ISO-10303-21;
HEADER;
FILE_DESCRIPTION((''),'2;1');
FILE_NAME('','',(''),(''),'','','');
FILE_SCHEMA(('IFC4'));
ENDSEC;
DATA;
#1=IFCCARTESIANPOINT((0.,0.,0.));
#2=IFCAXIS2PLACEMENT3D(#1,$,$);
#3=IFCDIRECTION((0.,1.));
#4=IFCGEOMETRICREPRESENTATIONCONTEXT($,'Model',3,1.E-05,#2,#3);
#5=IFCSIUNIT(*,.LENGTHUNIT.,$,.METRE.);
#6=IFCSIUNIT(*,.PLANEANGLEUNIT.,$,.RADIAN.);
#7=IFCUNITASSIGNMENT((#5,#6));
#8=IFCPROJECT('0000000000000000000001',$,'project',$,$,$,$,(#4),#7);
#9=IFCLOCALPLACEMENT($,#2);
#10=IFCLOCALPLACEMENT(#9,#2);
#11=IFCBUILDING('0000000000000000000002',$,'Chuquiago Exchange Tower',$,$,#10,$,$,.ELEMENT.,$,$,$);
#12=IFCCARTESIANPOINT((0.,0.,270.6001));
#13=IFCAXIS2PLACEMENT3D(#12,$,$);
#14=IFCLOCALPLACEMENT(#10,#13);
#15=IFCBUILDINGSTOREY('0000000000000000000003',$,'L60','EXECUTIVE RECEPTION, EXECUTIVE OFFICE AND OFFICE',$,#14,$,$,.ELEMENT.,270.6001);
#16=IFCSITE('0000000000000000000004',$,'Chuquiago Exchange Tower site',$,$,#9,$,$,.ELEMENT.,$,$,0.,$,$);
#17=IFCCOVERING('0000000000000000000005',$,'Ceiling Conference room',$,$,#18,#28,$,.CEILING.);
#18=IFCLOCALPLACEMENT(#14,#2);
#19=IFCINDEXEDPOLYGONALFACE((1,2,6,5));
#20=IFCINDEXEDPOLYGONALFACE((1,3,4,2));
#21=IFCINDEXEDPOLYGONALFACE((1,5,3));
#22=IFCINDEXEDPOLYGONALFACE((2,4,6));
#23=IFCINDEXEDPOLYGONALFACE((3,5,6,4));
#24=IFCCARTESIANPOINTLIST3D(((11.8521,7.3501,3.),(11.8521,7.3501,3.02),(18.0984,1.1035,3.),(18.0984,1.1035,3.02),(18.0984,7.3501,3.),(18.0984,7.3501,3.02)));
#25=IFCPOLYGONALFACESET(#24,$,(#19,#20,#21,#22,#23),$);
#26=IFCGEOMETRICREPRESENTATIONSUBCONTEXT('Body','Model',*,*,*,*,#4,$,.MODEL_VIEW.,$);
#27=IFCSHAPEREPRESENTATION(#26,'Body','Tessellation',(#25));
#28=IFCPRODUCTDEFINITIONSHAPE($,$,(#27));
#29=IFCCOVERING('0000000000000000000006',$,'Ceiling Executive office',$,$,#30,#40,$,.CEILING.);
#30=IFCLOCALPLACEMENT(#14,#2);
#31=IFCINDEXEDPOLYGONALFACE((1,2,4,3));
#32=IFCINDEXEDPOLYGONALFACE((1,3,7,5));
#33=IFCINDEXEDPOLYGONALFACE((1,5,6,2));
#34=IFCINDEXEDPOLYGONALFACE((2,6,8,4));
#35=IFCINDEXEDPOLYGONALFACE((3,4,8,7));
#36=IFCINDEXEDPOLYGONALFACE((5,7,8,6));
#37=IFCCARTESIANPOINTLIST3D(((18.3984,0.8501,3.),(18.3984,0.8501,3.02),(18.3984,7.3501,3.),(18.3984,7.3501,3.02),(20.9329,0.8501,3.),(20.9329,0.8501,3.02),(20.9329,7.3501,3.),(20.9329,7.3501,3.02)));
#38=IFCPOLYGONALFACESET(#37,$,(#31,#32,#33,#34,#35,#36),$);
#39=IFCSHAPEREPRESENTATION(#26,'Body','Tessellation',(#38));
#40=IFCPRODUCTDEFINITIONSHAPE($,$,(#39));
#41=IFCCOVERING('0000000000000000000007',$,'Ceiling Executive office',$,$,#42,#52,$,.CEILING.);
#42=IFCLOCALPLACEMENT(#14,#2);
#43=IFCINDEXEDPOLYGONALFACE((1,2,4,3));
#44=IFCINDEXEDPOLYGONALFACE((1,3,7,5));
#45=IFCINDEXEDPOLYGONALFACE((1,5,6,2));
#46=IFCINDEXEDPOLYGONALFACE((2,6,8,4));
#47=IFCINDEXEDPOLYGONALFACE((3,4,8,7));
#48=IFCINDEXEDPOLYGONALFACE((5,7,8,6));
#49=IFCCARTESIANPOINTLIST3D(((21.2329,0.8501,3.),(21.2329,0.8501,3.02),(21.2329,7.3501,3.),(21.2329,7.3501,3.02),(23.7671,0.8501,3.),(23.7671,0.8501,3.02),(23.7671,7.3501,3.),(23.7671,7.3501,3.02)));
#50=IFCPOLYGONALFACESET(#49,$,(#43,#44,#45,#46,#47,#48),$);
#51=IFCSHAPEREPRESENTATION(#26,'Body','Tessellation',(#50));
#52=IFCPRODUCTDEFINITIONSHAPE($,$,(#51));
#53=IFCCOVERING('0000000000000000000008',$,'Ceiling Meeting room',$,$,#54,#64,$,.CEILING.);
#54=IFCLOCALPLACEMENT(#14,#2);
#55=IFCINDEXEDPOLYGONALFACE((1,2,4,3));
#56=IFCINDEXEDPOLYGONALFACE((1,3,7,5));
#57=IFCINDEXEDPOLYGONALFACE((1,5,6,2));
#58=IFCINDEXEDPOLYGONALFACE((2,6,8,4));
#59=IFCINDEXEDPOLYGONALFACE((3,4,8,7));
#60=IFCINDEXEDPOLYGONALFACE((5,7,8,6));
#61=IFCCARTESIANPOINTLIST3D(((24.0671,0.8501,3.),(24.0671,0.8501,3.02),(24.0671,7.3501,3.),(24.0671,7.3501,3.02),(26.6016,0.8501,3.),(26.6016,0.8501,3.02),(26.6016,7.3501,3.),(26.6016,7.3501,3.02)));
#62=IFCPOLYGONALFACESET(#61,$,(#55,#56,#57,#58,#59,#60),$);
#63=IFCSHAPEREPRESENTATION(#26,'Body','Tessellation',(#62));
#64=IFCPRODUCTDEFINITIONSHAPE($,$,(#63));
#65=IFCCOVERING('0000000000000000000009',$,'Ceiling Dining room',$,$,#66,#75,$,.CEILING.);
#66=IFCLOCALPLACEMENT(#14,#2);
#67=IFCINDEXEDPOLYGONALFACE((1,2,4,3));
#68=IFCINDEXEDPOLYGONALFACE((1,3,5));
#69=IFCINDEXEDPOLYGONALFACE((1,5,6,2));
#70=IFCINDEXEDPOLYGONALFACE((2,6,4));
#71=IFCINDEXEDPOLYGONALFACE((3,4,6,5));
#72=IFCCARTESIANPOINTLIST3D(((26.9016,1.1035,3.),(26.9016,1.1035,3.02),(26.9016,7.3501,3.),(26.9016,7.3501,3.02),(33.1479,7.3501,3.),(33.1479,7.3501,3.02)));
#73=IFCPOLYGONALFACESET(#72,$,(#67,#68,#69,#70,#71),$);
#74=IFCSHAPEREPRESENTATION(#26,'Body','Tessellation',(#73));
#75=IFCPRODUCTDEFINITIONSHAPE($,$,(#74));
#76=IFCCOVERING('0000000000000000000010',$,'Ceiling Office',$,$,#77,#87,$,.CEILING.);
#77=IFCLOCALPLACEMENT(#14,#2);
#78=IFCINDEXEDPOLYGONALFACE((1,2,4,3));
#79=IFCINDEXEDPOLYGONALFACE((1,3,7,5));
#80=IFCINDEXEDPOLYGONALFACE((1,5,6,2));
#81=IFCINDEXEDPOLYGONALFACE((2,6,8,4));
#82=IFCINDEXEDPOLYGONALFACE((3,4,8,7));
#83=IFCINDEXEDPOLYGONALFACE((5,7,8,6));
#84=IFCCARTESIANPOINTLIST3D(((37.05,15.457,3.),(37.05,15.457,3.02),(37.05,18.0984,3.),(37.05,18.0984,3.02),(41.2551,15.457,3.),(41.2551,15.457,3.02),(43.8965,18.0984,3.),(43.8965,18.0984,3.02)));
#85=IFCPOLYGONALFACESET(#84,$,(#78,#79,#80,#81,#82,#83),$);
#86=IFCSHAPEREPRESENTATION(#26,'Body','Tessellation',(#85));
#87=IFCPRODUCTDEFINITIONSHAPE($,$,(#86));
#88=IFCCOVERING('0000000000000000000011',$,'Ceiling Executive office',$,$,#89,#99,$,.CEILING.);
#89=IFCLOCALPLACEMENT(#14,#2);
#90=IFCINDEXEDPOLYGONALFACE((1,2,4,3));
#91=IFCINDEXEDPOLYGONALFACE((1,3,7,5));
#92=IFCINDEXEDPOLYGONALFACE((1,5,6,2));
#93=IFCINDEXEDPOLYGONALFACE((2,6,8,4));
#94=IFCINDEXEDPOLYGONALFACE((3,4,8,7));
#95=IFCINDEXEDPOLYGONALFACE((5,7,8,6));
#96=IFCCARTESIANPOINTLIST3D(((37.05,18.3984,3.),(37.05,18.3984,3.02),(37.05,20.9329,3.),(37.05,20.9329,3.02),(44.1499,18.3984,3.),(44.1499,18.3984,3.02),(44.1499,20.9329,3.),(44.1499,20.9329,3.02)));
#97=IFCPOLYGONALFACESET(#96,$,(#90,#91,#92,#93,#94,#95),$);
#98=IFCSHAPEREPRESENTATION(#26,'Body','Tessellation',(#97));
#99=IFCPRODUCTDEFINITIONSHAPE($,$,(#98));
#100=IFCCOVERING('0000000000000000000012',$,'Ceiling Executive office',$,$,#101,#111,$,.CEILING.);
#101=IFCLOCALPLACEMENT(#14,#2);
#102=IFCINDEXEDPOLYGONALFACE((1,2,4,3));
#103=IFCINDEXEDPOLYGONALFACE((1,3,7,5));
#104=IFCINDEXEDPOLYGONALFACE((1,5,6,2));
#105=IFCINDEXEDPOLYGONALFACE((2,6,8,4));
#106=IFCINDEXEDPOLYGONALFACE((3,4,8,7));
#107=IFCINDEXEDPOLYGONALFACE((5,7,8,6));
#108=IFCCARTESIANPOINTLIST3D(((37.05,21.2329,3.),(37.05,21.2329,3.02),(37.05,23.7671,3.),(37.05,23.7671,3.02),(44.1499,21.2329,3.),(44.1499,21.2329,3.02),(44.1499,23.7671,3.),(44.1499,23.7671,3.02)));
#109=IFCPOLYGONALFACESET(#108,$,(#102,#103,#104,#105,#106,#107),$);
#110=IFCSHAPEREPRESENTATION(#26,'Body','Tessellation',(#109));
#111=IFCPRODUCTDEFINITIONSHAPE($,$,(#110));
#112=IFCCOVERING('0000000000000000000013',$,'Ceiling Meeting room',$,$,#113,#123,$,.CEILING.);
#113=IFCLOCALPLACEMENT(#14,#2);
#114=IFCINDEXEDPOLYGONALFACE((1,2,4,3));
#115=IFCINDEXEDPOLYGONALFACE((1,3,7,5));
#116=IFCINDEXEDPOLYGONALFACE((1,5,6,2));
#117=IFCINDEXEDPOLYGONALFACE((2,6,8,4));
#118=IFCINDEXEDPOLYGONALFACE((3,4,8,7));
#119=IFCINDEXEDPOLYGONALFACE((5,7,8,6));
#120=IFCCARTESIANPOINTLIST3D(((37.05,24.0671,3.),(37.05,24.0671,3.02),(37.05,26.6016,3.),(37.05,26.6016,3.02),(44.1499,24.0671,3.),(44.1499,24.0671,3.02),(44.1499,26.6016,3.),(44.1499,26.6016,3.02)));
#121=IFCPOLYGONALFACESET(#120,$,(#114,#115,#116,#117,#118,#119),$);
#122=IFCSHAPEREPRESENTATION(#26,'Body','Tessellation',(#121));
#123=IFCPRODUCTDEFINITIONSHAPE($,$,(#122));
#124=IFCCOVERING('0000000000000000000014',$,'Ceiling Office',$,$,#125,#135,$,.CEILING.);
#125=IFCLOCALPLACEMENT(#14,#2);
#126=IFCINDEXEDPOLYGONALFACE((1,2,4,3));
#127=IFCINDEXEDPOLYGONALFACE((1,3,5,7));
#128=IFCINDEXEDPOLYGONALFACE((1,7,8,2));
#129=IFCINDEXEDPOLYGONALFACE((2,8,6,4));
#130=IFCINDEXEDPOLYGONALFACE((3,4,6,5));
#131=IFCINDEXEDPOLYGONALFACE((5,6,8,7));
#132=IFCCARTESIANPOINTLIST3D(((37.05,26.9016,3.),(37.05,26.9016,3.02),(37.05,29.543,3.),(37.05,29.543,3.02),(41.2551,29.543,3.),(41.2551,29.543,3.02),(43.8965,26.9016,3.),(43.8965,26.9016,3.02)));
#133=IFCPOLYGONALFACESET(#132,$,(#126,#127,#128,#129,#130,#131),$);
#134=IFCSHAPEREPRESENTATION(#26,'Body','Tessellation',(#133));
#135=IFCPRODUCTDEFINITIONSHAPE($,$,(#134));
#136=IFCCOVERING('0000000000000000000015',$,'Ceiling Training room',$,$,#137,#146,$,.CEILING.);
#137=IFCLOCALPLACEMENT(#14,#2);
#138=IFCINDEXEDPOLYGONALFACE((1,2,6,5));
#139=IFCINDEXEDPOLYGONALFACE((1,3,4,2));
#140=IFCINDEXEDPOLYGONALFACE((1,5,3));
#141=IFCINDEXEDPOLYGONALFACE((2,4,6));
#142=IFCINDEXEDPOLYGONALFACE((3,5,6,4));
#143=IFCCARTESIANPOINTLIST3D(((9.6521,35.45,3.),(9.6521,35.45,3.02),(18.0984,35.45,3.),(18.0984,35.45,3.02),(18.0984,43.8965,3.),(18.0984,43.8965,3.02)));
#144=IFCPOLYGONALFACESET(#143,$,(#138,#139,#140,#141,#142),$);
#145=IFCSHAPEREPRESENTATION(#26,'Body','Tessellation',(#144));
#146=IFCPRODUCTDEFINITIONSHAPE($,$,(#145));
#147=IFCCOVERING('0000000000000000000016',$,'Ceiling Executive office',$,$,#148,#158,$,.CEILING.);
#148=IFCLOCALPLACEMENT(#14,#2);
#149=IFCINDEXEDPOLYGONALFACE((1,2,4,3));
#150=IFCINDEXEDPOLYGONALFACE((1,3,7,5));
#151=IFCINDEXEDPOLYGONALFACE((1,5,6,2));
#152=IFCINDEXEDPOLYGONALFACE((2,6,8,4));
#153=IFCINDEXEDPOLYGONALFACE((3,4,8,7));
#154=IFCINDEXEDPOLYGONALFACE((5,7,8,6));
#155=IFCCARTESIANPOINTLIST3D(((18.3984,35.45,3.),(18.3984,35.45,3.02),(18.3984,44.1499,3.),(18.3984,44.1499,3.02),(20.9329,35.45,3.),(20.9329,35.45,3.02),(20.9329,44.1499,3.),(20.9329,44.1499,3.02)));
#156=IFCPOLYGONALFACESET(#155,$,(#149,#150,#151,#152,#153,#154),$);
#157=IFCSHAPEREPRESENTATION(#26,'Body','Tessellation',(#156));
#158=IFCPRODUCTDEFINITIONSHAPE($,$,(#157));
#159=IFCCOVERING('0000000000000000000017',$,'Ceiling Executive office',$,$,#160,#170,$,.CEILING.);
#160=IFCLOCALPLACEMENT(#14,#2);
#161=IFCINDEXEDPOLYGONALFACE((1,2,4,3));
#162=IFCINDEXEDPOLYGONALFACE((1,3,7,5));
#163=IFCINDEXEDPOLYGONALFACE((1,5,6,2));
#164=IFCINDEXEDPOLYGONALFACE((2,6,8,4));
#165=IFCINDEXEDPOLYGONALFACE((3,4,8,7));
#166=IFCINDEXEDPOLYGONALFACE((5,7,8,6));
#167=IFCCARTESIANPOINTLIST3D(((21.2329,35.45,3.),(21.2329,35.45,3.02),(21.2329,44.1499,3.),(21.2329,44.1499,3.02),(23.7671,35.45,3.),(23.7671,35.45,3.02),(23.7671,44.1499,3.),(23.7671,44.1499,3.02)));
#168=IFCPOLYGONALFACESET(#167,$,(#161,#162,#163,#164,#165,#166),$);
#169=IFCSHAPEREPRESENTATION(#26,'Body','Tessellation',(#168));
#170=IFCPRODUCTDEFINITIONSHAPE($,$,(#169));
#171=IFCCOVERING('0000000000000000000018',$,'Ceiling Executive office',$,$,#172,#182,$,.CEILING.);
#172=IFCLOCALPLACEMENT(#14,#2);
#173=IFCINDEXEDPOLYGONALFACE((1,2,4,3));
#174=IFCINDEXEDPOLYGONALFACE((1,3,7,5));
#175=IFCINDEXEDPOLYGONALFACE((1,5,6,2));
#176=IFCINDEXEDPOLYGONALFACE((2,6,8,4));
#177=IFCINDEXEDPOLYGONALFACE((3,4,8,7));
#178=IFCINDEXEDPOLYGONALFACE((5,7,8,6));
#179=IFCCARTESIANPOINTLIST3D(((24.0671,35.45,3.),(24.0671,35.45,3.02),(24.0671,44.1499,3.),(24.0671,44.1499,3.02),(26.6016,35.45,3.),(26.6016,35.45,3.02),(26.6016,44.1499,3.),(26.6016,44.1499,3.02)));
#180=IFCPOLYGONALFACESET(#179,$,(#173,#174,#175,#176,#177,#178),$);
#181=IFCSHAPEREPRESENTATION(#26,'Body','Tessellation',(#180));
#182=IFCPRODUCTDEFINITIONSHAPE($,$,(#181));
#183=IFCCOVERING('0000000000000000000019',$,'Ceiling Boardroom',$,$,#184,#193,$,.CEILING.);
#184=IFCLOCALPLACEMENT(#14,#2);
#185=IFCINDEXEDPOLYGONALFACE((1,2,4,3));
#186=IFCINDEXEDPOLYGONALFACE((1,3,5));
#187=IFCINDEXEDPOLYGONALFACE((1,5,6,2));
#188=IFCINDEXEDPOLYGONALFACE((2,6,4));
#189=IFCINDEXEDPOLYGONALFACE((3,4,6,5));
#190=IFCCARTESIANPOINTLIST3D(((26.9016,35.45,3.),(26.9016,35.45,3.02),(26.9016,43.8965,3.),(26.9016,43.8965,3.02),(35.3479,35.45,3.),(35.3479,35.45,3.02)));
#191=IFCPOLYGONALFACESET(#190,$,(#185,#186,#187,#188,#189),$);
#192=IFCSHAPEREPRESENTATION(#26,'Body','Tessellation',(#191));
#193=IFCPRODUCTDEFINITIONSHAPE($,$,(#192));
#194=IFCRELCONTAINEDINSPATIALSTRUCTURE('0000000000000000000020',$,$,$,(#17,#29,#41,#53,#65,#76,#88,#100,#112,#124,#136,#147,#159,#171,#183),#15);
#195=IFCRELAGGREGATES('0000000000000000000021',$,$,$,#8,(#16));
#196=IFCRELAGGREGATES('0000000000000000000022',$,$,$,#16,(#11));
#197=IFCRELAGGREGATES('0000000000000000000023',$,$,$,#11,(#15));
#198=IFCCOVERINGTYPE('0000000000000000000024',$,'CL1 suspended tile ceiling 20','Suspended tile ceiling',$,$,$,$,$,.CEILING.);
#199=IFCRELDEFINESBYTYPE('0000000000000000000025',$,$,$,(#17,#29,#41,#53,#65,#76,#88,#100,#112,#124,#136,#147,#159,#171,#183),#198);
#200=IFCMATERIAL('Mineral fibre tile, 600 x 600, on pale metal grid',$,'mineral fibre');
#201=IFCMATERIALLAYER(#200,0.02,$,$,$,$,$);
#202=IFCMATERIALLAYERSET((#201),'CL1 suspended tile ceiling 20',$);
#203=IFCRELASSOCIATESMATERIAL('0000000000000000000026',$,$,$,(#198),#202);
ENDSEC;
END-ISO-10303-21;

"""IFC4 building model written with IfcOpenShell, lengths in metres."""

from ifc_helpers import new_model, si_unit, direction, frame, origin, place, context, subcontext, project, spatial, polyline, outline, extrude, material, layer, layer_set, type_object, element, save


model = new_model("IFC4")

# Units and contexts
model_context = context("Model", 3, precision=1e-05, world=origin(), true_north=direction((0.0, 1.0)))
body_context = subcontext(model_context, "Body", "Model", "MODEL_VIEW")
ifc_project = project(units=[si_unit("LENGTHUNIT", "METRE"), si_unit("PLANEANGLEUNIT", "RADIAN")], contexts=[model_context])

# Site, building, storey
site_placement = place(None, origin())
site = spatial("IfcSite", under=ifc_project, at=site_placement, Name="Chuquiago Exchange Tower site", CompositionType="ELEMENT", RefElevation=0.0)
building_placement = place(site_placement, origin())
building = spatial("IfcBuilding", under=site, at=building_placement, Name="Chuquiago Exchange Tower", CompositionType="ELEMENT")
storey_placement = place(building_placement, frame((0.0, 0.0, 270.6001)))
storey = spatial("IfcBuildingStorey", under=building, at=storey_placement, Name="L60", Description="EXECUTIVE RECEPTION, EXECUTIVE OFFICE AND OFFICE", CompositionType="ELEMENT", Elevation=270.6001)

# Coverings
ifc_material_1 = material(Name="Mineral fibre tile, 600 x 600, on pale metal grid", Category="mineral fibre")
ifc_layer_1 = layer(ifc_material_1, 0.02)
ifc_layer_set_1 = layer_set([ifc_layer_1], Name="CL1 suspended tile ceiling 20")
covering_type_1 = type_object("IfcCoveringType", Name="CL1 suspended tile ceiling 20", Description="Suspended tile ceiling", PredefinedType="CEILING", material=ifc_layer_set_1)
covering_1_placement = place(storey_placement, frame((0.0, 0.0, 3.0)))
element("IfcCovering", 1, at=covering_1_placement, inside=storey, type_object=covering_type_1, Name="Ceiling Conference room", PredefinedType="CEILING", context=body_context, shape_type="SweptSolid", body=[
    extrude(outline(polyline([(18.0984, 7.3501), (18.0984, 1.1035), (11.8521, 7.3501), (18.0984, 7.3501)])), origin(), (0.0, 0.0, 1.0), 0.02),
])
covering_2_placement = place(storey_placement, frame((0.0, 0.0, 3.0)))
element("IfcCovering", 2, at=covering_2_placement, inside=storey, type_object=covering_type_1, Name="Ceiling Executive office", PredefinedType="CEILING", context=body_context, shape_type="SweptSolid", body=[
    extrude(outline(polyline([(18.3984, 7.3501), (20.9329, 7.3501), (20.9329, 0.8501), (18.3984, 0.8501), (18.3984, 7.3501)])), origin(), (0.0, 0.0, 1.0), 0.02),
])
covering_3_placement = place(storey_placement, frame((0.0, 0.0, 3.0)))
element("IfcCovering", 3, at=covering_3_placement, inside=storey, type_object=covering_type_1, Name="Ceiling Executive office", PredefinedType="CEILING", context=body_context, shape_type="SweptSolid", body=[
    extrude(outline(polyline([(21.2329, 7.3501), (23.7671, 7.3501), (23.7671, 0.8501), (21.2329, 0.8501), (21.2329, 7.3501)])), origin(), (0.0, 0.0, 1.0), 0.02),
])
covering_4_placement = place(storey_placement, frame((0.0, 0.0, 3.0)))
element("IfcCovering", 4, at=covering_4_placement, inside=storey, type_object=covering_type_1, Name="Ceiling Meeting room", PredefinedType="CEILING", context=body_context, shape_type="SweptSolid", body=[
    extrude(outline(polyline([(24.0671, 0.8501), (24.0671, 7.3501), (26.6016, 7.3501), (26.6016, 0.8501), (24.0671, 0.8501)])), origin(), (0.0, 0.0, 1.0), 0.02),
])
covering_5_placement = place(storey_placement, frame((0.0, 0.0, 3.0)))
element("IfcCovering", 5, at=covering_5_placement, inside=storey, type_object=covering_type_1, Name="Ceiling Dining room", PredefinedType="CEILING", context=body_context, shape_type="SweptSolid", body=[
    extrude(outline(polyline([(26.9016, 7.3501), (33.1479, 7.3501), (26.9016, 1.1035), (26.9016, 7.3501)])), origin(), (0.0, 0.0, 1.0), 0.02),
])
covering_6_placement = place(storey_placement, frame((0.0, 0.0, 3.0)))
element("IfcCovering", 6, at=covering_6_placement, inside=storey, type_object=covering_type_1, Name="Ceiling Office", PredefinedType="CEILING", context=body_context, shape_type="SweptSolid", body=[
    extrude(outline(polyline([(37.05, 15.457), (37.05, 18.0984), (43.8965, 18.0984), (41.2551, 15.457), (37.05, 15.457)])), origin(), (0.0, 0.0, 1.0), 0.02),
])
covering_7_placement = place(storey_placement, frame((0.0, 0.0, 3.0)))
element("IfcCovering", 7, at=covering_7_placement, inside=storey, type_object=covering_type_1, Name="Ceiling Executive office", PredefinedType="CEILING", context=body_context, shape_type="SweptSolid", body=[
    extrude(outline(polyline([(37.05, 18.3984), (37.05, 20.9329), (44.1499, 20.9329), (44.1499, 18.3984), (37.05, 18.3984)])), origin(), (0.0, 0.0, 1.0), 0.02),
])
covering_8_placement = place(storey_placement, frame((0.0, 0.0, 3.0)))
element("IfcCovering", 8, at=covering_8_placement, inside=storey, type_object=covering_type_1, Name="Ceiling Executive office", PredefinedType="CEILING", context=body_context, shape_type="SweptSolid", body=[
    extrude(outline(polyline([(37.05, 21.2329), (37.05, 23.7671), (44.1499, 23.7671), (44.1499, 21.2329), (37.05, 21.2329)])), origin(), (0.0, 0.0, 1.0), 0.02),
])
covering_9_placement = place(storey_placement, frame((0.0, 0.0, 3.0)))
element("IfcCovering", 9, at=covering_9_placement, inside=storey, type_object=covering_type_1, Name="Ceiling Meeting room", PredefinedType="CEILING", context=body_context, shape_type="SweptSolid", body=[
    extrude(outline(polyline([(44.1499, 24.0671), (37.05, 24.0671), (37.05, 26.6016), (44.1499, 26.6016), (44.1499, 24.0671)])), origin(), (0.0, 0.0, 1.0), 0.02),
])
covering_10_placement = place(storey_placement, frame((0.0, 0.0, 3.0)))
element("IfcCovering", 10, at=covering_10_placement, inside=storey, type_object=covering_type_1, Name="Ceiling Office", PredefinedType="CEILING", context=body_context, shape_type="SweptSolid", body=[
    extrude(outline(polyline([(37.05, 26.9016), (37.05, 29.543), (41.2551, 29.543), (43.8965, 26.9016), (37.05, 26.9016)])), origin(), (0.0, 0.0, 1.0), 0.02),
])
covering_11_placement = place(storey_placement, frame((0.0, 0.0, 3.0)))
element("IfcCovering", 11, at=covering_11_placement, inside=storey, type_object=covering_type_1, Name="Ceiling Training room", PredefinedType="CEILING", context=body_context, shape_type="SweptSolid", body=[
    extrude(outline(polyline([(18.0984, 43.8965), (18.0984, 35.45), (9.6521, 35.45), (18.0984, 43.8965)])), origin(), (0.0, 0.0, 1.0), 0.02),
])
covering_12_placement = place(storey_placement, frame((0.0, 0.0, 3.0)))
element("IfcCovering", 12, at=covering_12_placement, inside=storey, type_object=covering_type_1, Name="Ceiling Executive office", PredefinedType="CEILING", context=body_context, shape_type="SweptSolid", body=[
    extrude(outline(polyline([(20.9329, 44.1499), (20.9329, 35.45), (18.3984, 35.45), (18.3984, 44.1499), (20.9329, 44.1499)])), origin(), (0.0, 0.0, 1.0), 0.02),
])
covering_13_placement = place(storey_placement, frame((0.0, 0.0, 3.0)))
element("IfcCovering", 13, at=covering_13_placement, inside=storey, type_object=covering_type_1, Name="Ceiling Executive office", PredefinedType="CEILING", context=body_context, shape_type="SweptSolid", body=[
    extrude(outline(polyline([(23.7671, 35.45), (21.2329, 35.45), (21.2329, 44.1499), (23.7671, 44.1499), (23.7671, 35.45)])), origin(), (0.0, 0.0, 1.0), 0.02),
])
covering_14_placement = place(storey_placement, frame((0.0, 0.0, 3.0)))
element("IfcCovering", 14, at=covering_14_placement, inside=storey, type_object=covering_type_1, Name="Ceiling Executive office", PredefinedType="CEILING", context=body_context, shape_type="SweptSolid", body=[
    extrude(outline(polyline([(26.6016, 35.45), (24.0671, 35.45), (24.0671, 44.1499), (26.6016, 44.1499), (26.6016, 35.45)])), origin(), (0.0, 0.0, 1.0), 0.02),
])
covering_15_placement = place(storey_placement, frame((0.0, 0.0, 3.0)))
element("IfcCovering", 15, at=covering_15_placement, inside=storey, type_object=covering_type_1, Name="Ceiling Boardroom", PredefinedType="CEILING", context=body_context, shape_type="SweptSolid", body=[
    extrude(outline(polyline([(26.9016, 35.45), (26.9016, 43.8965), (35.3479, 35.45), (26.9016, 35.45)])), origin(), (0.0, 0.0, 1.0), 0.02),
])

save(model, "model.ifc")
